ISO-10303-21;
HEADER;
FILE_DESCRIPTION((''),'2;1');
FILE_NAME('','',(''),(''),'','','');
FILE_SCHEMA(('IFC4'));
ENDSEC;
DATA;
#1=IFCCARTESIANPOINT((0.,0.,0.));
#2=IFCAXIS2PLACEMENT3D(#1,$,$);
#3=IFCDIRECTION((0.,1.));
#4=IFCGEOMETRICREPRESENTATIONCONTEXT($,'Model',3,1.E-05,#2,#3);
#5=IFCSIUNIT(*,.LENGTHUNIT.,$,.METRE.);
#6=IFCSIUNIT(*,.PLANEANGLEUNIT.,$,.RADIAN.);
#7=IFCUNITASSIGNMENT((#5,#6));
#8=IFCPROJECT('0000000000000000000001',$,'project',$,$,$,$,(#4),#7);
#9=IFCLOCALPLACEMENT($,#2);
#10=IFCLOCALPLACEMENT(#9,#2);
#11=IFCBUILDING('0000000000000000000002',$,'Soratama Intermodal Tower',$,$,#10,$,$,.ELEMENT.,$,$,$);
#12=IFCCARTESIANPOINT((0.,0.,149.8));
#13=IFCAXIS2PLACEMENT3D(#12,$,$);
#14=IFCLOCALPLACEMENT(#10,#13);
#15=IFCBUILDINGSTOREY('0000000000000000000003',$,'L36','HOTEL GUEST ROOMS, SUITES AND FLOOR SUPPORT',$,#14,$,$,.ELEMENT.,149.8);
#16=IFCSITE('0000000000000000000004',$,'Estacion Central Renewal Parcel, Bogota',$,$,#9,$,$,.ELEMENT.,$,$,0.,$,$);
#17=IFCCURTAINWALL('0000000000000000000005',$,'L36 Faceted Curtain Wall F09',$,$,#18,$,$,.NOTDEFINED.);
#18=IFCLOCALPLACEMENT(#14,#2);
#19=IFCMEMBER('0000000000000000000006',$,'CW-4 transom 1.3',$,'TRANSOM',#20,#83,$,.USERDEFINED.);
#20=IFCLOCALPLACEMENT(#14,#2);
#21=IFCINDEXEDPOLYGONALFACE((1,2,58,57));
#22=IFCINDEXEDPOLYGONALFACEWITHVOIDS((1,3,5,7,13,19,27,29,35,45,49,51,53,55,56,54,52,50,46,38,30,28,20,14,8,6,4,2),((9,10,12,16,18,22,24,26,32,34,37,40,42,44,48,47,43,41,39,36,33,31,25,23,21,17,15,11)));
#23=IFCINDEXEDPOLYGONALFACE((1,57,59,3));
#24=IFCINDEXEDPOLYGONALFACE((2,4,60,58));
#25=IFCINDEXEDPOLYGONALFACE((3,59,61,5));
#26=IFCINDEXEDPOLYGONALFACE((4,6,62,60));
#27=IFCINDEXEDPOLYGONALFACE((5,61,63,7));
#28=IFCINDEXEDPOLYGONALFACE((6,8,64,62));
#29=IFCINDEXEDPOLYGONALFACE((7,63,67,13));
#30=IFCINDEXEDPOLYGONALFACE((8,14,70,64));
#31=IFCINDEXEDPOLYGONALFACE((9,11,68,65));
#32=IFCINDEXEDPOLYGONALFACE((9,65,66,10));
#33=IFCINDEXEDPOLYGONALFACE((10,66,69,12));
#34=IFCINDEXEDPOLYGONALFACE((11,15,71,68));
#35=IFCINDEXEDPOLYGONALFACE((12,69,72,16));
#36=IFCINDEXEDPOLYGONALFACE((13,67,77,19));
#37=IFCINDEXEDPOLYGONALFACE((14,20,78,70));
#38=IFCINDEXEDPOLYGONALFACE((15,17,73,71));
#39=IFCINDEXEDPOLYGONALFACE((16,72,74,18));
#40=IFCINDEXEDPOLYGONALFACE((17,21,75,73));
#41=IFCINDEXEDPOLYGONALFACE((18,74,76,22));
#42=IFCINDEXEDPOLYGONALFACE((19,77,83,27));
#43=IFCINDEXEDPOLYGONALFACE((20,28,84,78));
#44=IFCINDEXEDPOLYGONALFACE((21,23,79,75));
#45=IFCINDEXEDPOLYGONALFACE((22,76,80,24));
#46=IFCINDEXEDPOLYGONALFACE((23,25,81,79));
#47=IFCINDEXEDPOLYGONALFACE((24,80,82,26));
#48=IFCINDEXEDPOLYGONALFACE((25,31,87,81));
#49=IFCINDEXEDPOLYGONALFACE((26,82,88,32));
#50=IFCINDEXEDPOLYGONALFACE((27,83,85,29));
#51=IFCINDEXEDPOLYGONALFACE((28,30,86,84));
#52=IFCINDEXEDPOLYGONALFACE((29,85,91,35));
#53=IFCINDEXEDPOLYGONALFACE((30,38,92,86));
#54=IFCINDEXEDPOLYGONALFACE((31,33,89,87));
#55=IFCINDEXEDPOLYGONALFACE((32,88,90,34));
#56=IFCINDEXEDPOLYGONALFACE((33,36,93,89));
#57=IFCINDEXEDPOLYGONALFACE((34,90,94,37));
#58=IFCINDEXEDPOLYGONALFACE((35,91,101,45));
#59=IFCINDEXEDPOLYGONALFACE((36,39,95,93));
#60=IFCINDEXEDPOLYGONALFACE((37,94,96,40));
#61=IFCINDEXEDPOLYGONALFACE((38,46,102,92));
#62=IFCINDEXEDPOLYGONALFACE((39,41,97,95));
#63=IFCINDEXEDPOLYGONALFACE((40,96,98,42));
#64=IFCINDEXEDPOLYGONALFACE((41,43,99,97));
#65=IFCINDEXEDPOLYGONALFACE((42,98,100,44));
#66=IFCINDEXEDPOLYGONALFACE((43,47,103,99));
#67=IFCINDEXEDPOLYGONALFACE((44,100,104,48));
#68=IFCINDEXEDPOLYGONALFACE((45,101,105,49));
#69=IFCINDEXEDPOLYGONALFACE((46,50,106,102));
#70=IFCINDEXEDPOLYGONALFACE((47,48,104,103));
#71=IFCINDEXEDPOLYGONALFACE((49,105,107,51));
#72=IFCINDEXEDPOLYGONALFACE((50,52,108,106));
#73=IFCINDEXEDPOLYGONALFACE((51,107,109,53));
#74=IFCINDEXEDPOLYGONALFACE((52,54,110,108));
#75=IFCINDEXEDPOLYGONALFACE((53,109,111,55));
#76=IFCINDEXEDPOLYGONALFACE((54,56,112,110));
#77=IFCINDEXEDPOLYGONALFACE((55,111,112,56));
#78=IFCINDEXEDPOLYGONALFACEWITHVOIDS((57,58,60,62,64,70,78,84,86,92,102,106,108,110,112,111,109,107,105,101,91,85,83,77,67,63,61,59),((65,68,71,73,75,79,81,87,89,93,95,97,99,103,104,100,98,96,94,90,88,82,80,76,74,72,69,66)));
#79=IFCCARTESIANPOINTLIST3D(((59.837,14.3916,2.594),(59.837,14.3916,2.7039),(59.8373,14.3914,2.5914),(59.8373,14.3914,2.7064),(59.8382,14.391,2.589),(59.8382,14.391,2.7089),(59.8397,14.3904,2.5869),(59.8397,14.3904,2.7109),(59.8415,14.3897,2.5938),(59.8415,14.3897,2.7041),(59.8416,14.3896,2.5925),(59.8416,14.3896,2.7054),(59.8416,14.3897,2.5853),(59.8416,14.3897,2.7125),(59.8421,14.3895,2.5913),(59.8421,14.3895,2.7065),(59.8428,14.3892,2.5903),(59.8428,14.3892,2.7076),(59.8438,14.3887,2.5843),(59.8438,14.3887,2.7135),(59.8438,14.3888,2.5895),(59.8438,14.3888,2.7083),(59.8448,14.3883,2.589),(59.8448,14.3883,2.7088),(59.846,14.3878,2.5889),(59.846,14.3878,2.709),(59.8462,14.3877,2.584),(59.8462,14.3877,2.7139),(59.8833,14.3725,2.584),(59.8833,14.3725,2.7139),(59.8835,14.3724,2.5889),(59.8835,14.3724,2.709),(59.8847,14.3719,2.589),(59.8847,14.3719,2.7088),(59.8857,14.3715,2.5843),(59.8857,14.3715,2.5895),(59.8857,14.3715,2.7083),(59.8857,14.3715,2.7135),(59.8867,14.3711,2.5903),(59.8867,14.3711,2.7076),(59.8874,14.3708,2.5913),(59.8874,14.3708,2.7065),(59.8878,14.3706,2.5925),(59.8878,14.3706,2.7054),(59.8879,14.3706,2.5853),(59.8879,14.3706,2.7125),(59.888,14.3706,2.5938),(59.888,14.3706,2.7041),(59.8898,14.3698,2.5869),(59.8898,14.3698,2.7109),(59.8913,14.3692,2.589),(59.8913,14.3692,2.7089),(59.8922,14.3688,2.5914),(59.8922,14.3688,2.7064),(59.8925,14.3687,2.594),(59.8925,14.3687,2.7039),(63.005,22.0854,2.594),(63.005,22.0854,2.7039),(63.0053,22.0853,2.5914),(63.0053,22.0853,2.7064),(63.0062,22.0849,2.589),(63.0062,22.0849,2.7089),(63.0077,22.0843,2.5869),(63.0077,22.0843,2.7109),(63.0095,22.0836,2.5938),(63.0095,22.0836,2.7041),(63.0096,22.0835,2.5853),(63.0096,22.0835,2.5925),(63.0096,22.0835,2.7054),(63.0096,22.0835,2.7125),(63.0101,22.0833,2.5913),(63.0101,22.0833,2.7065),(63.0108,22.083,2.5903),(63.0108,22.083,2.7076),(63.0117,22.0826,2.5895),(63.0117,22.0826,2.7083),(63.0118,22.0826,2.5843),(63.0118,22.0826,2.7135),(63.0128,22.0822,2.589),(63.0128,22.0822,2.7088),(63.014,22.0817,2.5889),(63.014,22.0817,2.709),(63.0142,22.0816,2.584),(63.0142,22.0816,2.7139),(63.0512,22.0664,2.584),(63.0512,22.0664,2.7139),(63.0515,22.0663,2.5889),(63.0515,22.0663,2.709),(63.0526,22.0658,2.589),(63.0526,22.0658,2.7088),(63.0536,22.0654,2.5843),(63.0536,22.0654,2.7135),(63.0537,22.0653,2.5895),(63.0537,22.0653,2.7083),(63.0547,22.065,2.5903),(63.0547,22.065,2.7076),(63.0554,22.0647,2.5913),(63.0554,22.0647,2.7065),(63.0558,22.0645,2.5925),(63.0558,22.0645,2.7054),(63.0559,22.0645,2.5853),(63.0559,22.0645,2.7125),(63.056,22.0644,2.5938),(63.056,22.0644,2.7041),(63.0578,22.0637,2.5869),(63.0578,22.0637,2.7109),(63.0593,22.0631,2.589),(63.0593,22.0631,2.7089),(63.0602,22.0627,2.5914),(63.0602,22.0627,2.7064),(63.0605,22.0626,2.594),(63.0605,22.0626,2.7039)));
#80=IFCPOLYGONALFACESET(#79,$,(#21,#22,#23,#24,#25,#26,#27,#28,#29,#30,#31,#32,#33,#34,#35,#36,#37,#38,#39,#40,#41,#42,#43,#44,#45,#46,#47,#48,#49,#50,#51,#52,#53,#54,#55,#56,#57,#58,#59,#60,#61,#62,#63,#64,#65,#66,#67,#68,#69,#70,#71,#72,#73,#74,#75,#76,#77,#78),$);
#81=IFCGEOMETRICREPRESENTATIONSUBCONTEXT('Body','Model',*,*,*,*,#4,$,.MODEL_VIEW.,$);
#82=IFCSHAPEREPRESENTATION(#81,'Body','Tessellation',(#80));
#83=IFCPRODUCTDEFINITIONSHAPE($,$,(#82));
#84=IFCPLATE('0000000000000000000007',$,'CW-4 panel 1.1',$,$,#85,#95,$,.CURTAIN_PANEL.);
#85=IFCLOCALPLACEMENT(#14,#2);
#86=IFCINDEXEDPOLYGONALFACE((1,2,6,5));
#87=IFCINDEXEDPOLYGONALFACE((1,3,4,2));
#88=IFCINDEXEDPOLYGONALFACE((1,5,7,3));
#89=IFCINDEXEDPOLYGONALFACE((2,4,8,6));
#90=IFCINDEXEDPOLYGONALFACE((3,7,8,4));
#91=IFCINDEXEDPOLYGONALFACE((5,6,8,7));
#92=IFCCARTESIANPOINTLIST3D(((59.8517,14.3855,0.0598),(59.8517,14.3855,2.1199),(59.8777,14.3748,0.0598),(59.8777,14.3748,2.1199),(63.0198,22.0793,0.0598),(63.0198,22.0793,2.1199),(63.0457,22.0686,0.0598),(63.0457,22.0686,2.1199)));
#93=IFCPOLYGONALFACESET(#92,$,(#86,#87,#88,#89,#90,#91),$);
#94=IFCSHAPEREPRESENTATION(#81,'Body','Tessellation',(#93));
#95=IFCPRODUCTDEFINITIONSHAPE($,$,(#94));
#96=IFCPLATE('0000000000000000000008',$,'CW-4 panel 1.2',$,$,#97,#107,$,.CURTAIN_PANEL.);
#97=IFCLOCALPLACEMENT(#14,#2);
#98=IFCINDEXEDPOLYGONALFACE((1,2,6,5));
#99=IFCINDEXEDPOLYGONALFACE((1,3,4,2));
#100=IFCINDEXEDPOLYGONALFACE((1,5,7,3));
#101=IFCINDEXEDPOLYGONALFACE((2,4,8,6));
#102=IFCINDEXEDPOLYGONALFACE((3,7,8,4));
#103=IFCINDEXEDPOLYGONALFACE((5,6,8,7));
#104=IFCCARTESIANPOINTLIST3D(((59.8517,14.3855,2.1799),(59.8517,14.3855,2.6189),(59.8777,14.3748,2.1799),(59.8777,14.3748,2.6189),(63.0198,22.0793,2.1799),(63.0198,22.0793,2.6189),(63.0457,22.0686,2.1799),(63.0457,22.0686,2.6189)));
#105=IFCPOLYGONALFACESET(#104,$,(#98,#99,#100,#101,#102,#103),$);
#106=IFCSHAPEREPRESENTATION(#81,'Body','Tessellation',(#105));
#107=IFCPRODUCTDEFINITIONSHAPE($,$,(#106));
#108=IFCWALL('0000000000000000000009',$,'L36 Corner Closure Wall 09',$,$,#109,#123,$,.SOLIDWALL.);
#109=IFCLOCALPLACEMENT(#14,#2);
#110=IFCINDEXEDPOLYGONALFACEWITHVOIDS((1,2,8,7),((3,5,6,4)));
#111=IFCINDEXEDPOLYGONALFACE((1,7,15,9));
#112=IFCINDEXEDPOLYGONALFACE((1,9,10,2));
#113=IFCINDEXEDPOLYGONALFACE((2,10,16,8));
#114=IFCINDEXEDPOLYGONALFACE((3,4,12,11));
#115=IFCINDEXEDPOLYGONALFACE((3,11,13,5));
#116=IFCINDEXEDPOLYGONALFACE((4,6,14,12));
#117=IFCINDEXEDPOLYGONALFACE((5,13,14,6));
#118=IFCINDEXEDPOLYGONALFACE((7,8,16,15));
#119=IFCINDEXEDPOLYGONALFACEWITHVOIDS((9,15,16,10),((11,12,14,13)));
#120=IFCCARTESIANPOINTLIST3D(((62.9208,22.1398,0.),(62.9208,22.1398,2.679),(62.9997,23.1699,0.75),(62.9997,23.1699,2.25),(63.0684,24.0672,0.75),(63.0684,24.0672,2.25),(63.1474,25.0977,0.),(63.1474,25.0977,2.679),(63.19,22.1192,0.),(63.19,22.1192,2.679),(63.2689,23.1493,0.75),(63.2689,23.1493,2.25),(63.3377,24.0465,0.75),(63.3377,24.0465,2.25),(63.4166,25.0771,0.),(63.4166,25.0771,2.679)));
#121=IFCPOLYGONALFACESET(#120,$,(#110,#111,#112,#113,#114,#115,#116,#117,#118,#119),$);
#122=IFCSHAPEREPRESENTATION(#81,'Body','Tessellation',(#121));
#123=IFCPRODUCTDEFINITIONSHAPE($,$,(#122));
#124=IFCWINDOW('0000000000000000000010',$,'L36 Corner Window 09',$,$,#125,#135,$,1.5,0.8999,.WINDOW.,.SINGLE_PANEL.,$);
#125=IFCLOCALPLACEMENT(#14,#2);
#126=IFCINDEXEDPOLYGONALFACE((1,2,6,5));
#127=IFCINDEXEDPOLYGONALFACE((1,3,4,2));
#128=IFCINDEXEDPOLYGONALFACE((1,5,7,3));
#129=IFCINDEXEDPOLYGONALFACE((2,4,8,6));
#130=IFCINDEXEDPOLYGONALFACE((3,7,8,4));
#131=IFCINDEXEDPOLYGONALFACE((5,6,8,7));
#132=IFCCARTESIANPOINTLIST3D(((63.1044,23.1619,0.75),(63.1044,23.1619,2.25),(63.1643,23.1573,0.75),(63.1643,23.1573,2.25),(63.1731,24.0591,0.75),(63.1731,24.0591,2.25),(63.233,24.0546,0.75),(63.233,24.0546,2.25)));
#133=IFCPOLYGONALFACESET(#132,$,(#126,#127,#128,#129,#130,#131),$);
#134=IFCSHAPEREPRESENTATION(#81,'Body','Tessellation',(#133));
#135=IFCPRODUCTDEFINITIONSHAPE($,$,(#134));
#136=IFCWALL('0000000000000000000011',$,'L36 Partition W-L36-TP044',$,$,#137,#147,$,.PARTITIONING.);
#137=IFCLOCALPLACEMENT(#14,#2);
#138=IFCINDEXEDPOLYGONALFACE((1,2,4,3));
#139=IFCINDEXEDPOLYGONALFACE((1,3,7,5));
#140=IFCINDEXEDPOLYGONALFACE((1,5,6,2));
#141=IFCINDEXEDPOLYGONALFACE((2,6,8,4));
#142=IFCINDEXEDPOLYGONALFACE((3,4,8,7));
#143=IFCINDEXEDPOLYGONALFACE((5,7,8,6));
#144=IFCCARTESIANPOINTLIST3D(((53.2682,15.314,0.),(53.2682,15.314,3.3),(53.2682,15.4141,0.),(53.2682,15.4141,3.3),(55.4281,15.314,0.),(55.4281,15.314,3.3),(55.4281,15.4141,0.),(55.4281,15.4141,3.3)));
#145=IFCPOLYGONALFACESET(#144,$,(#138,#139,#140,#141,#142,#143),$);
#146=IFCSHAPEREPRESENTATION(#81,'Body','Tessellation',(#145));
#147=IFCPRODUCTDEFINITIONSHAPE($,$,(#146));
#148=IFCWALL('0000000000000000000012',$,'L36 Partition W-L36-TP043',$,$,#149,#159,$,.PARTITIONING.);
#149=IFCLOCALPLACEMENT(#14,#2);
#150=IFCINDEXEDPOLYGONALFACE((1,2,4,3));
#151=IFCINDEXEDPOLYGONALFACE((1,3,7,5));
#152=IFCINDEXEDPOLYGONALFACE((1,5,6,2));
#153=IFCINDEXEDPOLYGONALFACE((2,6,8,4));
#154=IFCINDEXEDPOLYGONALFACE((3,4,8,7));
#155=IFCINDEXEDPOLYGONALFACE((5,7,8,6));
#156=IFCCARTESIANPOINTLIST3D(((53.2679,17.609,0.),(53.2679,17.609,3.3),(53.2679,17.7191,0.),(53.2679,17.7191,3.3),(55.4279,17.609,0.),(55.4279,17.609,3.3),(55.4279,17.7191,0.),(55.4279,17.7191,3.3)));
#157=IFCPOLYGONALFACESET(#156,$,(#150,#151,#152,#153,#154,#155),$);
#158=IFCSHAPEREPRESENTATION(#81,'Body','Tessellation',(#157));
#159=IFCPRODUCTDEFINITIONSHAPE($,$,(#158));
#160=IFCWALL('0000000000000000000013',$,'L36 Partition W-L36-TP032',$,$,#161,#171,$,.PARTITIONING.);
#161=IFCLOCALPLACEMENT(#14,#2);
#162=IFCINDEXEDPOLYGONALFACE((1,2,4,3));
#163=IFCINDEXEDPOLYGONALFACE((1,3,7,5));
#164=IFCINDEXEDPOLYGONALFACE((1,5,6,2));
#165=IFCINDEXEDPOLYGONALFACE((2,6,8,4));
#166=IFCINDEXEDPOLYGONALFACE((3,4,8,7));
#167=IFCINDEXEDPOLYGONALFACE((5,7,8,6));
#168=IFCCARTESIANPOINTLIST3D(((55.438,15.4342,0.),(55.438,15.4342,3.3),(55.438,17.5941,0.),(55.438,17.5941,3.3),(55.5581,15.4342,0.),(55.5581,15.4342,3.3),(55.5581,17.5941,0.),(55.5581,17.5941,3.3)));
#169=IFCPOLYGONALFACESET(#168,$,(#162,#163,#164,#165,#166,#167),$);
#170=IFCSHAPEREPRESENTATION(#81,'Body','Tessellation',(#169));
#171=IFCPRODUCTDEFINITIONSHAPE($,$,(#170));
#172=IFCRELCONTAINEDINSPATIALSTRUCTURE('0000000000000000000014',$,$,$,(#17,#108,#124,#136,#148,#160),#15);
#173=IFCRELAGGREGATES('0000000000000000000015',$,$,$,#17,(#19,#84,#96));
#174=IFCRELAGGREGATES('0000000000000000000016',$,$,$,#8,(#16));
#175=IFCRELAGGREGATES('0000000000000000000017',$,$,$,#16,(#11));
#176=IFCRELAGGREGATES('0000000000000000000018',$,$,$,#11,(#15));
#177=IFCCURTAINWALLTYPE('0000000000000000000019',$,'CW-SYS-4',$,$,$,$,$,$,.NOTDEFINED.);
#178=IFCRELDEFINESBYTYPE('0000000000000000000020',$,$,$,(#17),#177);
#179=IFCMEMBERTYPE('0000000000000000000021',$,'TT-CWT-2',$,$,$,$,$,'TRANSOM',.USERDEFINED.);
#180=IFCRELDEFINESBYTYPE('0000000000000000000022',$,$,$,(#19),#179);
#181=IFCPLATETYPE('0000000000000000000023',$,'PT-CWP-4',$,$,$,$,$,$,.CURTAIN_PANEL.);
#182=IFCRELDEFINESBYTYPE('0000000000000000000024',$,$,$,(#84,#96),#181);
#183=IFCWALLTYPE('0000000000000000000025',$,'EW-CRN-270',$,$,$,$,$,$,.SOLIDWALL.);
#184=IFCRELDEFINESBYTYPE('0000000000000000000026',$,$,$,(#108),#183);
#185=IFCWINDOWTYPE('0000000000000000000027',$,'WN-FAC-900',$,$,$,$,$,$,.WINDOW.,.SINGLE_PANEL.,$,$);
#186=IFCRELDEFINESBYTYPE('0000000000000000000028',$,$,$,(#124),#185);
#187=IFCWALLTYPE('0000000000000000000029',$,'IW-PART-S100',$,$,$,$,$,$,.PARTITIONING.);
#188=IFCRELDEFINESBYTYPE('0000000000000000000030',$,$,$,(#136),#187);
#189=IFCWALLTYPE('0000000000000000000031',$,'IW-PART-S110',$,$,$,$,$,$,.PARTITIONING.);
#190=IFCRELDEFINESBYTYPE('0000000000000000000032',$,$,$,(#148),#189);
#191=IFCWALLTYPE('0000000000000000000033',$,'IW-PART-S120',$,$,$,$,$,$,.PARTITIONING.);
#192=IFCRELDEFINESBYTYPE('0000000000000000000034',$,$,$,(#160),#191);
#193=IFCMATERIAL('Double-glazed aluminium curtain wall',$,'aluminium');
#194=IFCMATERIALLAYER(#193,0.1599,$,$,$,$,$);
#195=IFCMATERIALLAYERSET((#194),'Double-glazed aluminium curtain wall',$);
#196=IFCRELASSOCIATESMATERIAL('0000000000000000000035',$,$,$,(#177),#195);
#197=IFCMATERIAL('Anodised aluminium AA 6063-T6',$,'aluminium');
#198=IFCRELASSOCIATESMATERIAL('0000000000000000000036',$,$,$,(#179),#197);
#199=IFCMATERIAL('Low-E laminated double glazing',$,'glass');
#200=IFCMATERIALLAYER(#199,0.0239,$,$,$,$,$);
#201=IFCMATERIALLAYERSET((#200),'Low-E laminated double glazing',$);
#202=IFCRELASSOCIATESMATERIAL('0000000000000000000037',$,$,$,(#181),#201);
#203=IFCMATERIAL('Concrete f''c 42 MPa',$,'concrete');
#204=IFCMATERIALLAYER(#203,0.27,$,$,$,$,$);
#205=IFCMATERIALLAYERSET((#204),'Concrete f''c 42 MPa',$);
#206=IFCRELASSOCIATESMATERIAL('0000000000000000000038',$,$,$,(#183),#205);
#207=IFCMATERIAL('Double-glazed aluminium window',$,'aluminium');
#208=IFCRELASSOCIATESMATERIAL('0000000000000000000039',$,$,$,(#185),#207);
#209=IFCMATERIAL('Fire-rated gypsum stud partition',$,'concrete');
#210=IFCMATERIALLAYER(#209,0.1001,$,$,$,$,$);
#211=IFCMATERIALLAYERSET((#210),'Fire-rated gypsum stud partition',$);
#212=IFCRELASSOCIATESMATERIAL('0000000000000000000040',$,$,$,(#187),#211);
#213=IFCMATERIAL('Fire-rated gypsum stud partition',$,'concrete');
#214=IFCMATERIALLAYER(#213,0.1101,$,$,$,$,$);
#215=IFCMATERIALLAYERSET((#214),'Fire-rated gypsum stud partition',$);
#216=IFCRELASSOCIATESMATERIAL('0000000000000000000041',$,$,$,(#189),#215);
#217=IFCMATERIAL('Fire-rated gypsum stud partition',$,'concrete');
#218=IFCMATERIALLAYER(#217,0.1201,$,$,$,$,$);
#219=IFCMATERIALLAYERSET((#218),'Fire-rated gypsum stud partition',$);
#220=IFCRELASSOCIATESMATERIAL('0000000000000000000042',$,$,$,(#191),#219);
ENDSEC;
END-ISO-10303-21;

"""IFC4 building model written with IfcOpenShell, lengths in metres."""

from ifc_helpers import new_model, si_unit, direction, frame, frame_2d, origin, origin_2d, place, context, subcontext, project, spatial, rectangle, hollow_rectangle, extrude, material, layer, layer_set, material_profile, profile_set, type_object, element, fill, aggregate, save


model = new_model("IFC4")

# Units and contexts
model_context = context("Model", 3, precision=1e-05, world=origin(), true_north=direction((0.0, 1.0)))
body_context = subcontext(model_context, "Body", "Model", "MODEL_VIEW")
ifc_project = project(units=[si_unit("LENGTHUNIT", "METRE"), si_unit("PLANEANGLEUNIT", "RADIAN")], contexts=[model_context])

# Site, building, storey
site_placement = place(None, origin())
site = spatial("IfcSite", under=ifc_project, at=site_placement, Name="Estacion Central Renewal Parcel, Bogota", CompositionType="ELEMENT", RefElevation=0.0)
building_placement = place(site_placement, origin())
building = spatial("IfcBuilding", under=site, at=building_placement, Name="Soratama Intermodal Tower", CompositionType="ELEMENT")
storey_placement = place(building_placement, frame((0.0, 0.0, 149.8)))
storey = spatial("IfcBuildingStorey", under=building, at=storey_placement, Name="L36", Description="HOTEL GUEST ROOMS, SUITES AND FLOOR SUPPORT", CompositionType="ELEMENT", Elevation=149.8)

# Curtain wall, member, plates
ifc_material_1 = material(Name="Double-glazed aluminium curtain wall", Category="aluminium")
ifc_layer_1 = layer(ifc_material_1, 0.1599)
ifc_layer_set_1 = layer_set([ifc_layer_1], Name="Double-glazed aluminium curtain wall")
curtain_wall_type = type_object("IfcCurtainWallType", Name="CW-SYS-4", PredefinedType="NOTDEFINED", material=ifc_layer_set_1)
curtain_wall_placement = place(storey_placement, origin())
curtain_wall = element("IfcCurtainWall", 1, at=curtain_wall_placement, inside=storey, type_object=curtain_wall_type, Name="L36 Faceted Curtain Wall F09", PredefinedType="NOTDEFINED")
ifc_material_2 = material(Name="Anodised aluminium AA 6063-T6", Category="aluminium")
ifc_material_profile_1 = material_profile(ifc_material_2, hollow_rectangle(XDim=0.0601, YDim=0.1299, WallThickness=0.0049, InnerFilletRadius=0.0049, OuterFilletRadius=0.01, at=origin_2d()), Name="CWT130X60X5")
ifc_profile_set_1 = profile_set([ifc_material_profile_1], Name="Anodised aluminium AA 6063-T6")
member_type_1 = type_object("IfcMemberType", Name="TT-CWT-2", ElementType="TRANSOM", PredefinedType="USERDEFINED", material=ifc_profile_set_1)
member_1_placement = place(storey_placement, frame((59.8647, 14.3801, 2.6489), z_axis=(0.380741, 0.924682, 0.0), x_axis=(-0.924682, 0.380741, 0.0)))
member_1 = element("IfcMember", 2, at=member_1_placement, type_object=member_type_1, Name="CW-4 transom 1.3", ObjectType="TRANSOM", PredefinedType="USERDEFINED", context=body_context, shape_type="SweptSolid", body=[
    extrude(hollow_rectangle(XDim=0.0601, YDim=0.1299, WallThickness=0.0049, InnerFilletRadius=0.0049, OuterFilletRadius=0.01, at=origin_2d()), origin(), (0.0, 0.0, 1.0), 8.3206),
])
ifc_material_3 = material(Name="Low-E laminated double glazing", Category="glass")
ifc_layer_2 = layer(ifc_material_3, 0.0239)
ifc_layer_set_2 = layer_set([ifc_layer_2], Name="Low-E laminated double glazing")
plate_type = type_object("IfcPlateType", Name="PT-CWP-4", PredefinedType="CURTAIN_PANEL", material=ifc_layer_set_2)
plate_1_placement = place(storey_placement, frame((61.4487, 18.2271, 0.0598), z_axis=(0.0, 0.0, 1.0), x_axis=(0.38075, 0.924678, 0.0)))
plate_1 = element("IfcPlate", 3, at=plate_1_placement, type_object=plate_type, Name="CW-4 panel 1.1", PredefinedType="CURTAIN_PANEL", context=body_context, shape_type="SweptSolid", body=[
    extrude(rectangle(XDim=8.3206, YDim=0.0281, at=origin_2d()), origin(), (0.0, 0.0, 1.0), 2.0601),
])
plate_2_placement = place(storey_placement, frame((61.4487, 18.2271, 2.1799), z_axis=(0.0, 0.0, 1.0), x_axis=(0.38075, 0.924678, 0.0)))
plate_2 = element("IfcPlate", 4, at=plate_2_placement, type_object=plate_type, Name="CW-4 panel 1.2", PredefinedType="CURTAIN_PANEL", context=body_context, shape_type="SweptSolid", body=[
    extrude(rectangle(XDim=8.3206, YDim=0.0281, at=origin_2d()), origin(), (0.0, 0.0, 1.0), 0.439),
])
aggregate(curtain_wall, [member_1, plate_1, plate_2])

# Wall, opening, window
ifc_material_4 = material(Name="Concrete f'c 42 MPa", Category="concrete")
ifc_layer_3 = layer(ifc_material_4, 0.27)
ifc_layer_set_3 = layer_set([ifc_layer_3], Name="Concrete f'c 42 MPa")
wall_type_1 = type_object("IfcWallType", Name="EW-CRN-270", PredefinedType="SOLIDWALL", material=ifc_layer_set_3)
wall_1_placement = place(storey_placement, frame((63.0554, 22.1294, 0.0), z_axis=(0.0, 0.0, 1.0), x_axis=(0.076369, 0.99708, 0.0)))
wall_1 = element("IfcWall", 5, at=wall_1_placement, inside=storey, type_object=wall_type_1, Name="L36 Corner Closure Wall 09", PredefinedType="SOLIDWALL", context=body_context, shape_type="SweptSolid", body=[
    extrude(rectangle(XDim=2.9666, YDim=0.27, at=frame_2d((1.4834, 0.0))), origin(), (0.0, 0.0, 1.0), 2.679),
])
opening_1_placement = place(wall_1_placement, frame((1.0332, 0.0, 0.75)))
opening_1 = element("IfcOpeningElement", 6, at=opening_1_placement, cuts=wall_1, PredefinedType="OPENING", context=body_context, shape_type="SweptSolid", body=[
    extrude(rectangle(XDim=0.8999, YDim=1.5, at=frame_2d((0.45, 0.75))), frame((0.0, 0.145, 0.0), z_axis=(0.0, -1.0, 0.0), x_axis=(1.0, 0.0, 0.0)), (0.0, 0.0, 1.0), 0.29),
])
ifc_material_5 = material(Name="Double-glazed aluminium window", Category="aluminium")
window_type = type_object("IfcWindowType", Name="WN-FAC-900", PartitioningType="SINGLE_PANEL", PredefinedType="WINDOW", material=ifc_material_5)
window_placement = place(opening_1_placement, origin())
window = element("IfcWindow", 7, at=window_placement, inside=storey, type_object=window_type, Name="L36 Corner Window 09", OverallHeight=1.5, OverallWidth=0.8999, PartitioningType="SINGLE_PANEL", PredefinedType="WINDOW", context=body_context, shape_type="SweptSolid", body=[
    extrude(rectangle(XDim=0.8999, YDim=1.5, at=frame_2d((0.45, 0.75))), frame((0.0, 0.03, 0.0), z_axis=(0.0, -1.0, 0.0), x_axis=(1.0, 0.0, 0.0)), (0.0, 0.0, 1.0), 0.0601),
])
fill(opening_1, window)

# Walls
ifc_material_6 = material(Name="Fire-rated gypsum stud partition", Category="concrete")
ifc_layer_4 = layer(ifc_material_6, 0.1001)
ifc_layer_set_4 = layer_set([ifc_layer_4], Name="Fire-rated gypsum stud partition")
wall_type_2 = type_object("IfcWallType", Name="IW-PART-S100", PredefinedType="PARTITIONING", material=ifc_layer_set_4)
wall_2_placement = place(storey_placement, frame((53.2681, 15.364, 0.0), z_axis=(0.0, 0.0, 1.0), x_axis=(1.0, 0.0, 0.0)))
element("IfcWall", 8, at=wall_2_placement, inside=storey, type_object=wall_type_2, Name="L36 Partition W-L36-TP044", PredefinedType="PARTITIONING", context=body_context, shape_type="SweptSolid", body=[
    extrude(rectangle(XDim=2.1599, YDim=0.1001, at=frame_2d((1.0801, 0.0))), origin(), (0.0, 0.0, 1.0), 3.3),
])
ifc_material_7 = material(Name="Fire-rated gypsum stud partition", Category="concrete")
ifc_layer_5 = layer(ifc_material_7, 0.1101)
ifc_layer_set_5 = layer_set([ifc_layer_5], Name="Fire-rated gypsum stud partition")
wall_type_3 = type_object("IfcWallType", Name="IW-PART-S110", PredefinedType="PARTITIONING", material=ifc_layer_set_5)
wall_3_placement = place(storey_placement, frame((55.428, 17.6641, 0.0), z_axis=(0.0, 0.0, 1.0), x_axis=(-1.0, 0.0, 0.0)))
element("IfcWall", 9, at=wall_3_placement, inside=storey, type_object=wall_type_3, Name="L36 Partition W-L36-TP043", PredefinedType="PARTITIONING", context=body_context, shape_type="SweptSolid", body=[
    extrude(rectangle(XDim=2.1599, YDim=0.1101, at=frame_2d((1.0801, 0.0))), origin(), (0.0, 0.0, 1.0), 3.3),
])
ifc_material_8 = material(Name="Fire-rated gypsum stud partition", Category="concrete")
ifc_layer_6 = layer(ifc_material_8, 0.1201)
ifc_layer_set_6 = layer_set([ifc_layer_6], Name="Fire-rated gypsum stud partition")
wall_type_4 = type_object("IfcWallType", Name="IW-PART-S120", PredefinedType="PARTITIONING", material=ifc_layer_set_6)
wall_4_placement = place(storey_placement, frame((55.498, 15.4341, 0.0), z_axis=(0.0, 0.0, 1.0), x_axis=(0.0, 1.0, 0.0)))
element("IfcWall", 10, at=wall_4_placement, inside=storey, type_object=wall_type_4, Name="L36 Partition W-L36-TP032", PredefinedType="PARTITIONING", context=body_context, shape_type="SweptSolid", body=[
    extrude(rectangle(XDim=2.1599, YDim=0.1201, at=frame_2d((1.0801, 0.0))), origin(), (0.0, 0.0, 1.0), 3.3),
])

save(model, "model.ifc")
